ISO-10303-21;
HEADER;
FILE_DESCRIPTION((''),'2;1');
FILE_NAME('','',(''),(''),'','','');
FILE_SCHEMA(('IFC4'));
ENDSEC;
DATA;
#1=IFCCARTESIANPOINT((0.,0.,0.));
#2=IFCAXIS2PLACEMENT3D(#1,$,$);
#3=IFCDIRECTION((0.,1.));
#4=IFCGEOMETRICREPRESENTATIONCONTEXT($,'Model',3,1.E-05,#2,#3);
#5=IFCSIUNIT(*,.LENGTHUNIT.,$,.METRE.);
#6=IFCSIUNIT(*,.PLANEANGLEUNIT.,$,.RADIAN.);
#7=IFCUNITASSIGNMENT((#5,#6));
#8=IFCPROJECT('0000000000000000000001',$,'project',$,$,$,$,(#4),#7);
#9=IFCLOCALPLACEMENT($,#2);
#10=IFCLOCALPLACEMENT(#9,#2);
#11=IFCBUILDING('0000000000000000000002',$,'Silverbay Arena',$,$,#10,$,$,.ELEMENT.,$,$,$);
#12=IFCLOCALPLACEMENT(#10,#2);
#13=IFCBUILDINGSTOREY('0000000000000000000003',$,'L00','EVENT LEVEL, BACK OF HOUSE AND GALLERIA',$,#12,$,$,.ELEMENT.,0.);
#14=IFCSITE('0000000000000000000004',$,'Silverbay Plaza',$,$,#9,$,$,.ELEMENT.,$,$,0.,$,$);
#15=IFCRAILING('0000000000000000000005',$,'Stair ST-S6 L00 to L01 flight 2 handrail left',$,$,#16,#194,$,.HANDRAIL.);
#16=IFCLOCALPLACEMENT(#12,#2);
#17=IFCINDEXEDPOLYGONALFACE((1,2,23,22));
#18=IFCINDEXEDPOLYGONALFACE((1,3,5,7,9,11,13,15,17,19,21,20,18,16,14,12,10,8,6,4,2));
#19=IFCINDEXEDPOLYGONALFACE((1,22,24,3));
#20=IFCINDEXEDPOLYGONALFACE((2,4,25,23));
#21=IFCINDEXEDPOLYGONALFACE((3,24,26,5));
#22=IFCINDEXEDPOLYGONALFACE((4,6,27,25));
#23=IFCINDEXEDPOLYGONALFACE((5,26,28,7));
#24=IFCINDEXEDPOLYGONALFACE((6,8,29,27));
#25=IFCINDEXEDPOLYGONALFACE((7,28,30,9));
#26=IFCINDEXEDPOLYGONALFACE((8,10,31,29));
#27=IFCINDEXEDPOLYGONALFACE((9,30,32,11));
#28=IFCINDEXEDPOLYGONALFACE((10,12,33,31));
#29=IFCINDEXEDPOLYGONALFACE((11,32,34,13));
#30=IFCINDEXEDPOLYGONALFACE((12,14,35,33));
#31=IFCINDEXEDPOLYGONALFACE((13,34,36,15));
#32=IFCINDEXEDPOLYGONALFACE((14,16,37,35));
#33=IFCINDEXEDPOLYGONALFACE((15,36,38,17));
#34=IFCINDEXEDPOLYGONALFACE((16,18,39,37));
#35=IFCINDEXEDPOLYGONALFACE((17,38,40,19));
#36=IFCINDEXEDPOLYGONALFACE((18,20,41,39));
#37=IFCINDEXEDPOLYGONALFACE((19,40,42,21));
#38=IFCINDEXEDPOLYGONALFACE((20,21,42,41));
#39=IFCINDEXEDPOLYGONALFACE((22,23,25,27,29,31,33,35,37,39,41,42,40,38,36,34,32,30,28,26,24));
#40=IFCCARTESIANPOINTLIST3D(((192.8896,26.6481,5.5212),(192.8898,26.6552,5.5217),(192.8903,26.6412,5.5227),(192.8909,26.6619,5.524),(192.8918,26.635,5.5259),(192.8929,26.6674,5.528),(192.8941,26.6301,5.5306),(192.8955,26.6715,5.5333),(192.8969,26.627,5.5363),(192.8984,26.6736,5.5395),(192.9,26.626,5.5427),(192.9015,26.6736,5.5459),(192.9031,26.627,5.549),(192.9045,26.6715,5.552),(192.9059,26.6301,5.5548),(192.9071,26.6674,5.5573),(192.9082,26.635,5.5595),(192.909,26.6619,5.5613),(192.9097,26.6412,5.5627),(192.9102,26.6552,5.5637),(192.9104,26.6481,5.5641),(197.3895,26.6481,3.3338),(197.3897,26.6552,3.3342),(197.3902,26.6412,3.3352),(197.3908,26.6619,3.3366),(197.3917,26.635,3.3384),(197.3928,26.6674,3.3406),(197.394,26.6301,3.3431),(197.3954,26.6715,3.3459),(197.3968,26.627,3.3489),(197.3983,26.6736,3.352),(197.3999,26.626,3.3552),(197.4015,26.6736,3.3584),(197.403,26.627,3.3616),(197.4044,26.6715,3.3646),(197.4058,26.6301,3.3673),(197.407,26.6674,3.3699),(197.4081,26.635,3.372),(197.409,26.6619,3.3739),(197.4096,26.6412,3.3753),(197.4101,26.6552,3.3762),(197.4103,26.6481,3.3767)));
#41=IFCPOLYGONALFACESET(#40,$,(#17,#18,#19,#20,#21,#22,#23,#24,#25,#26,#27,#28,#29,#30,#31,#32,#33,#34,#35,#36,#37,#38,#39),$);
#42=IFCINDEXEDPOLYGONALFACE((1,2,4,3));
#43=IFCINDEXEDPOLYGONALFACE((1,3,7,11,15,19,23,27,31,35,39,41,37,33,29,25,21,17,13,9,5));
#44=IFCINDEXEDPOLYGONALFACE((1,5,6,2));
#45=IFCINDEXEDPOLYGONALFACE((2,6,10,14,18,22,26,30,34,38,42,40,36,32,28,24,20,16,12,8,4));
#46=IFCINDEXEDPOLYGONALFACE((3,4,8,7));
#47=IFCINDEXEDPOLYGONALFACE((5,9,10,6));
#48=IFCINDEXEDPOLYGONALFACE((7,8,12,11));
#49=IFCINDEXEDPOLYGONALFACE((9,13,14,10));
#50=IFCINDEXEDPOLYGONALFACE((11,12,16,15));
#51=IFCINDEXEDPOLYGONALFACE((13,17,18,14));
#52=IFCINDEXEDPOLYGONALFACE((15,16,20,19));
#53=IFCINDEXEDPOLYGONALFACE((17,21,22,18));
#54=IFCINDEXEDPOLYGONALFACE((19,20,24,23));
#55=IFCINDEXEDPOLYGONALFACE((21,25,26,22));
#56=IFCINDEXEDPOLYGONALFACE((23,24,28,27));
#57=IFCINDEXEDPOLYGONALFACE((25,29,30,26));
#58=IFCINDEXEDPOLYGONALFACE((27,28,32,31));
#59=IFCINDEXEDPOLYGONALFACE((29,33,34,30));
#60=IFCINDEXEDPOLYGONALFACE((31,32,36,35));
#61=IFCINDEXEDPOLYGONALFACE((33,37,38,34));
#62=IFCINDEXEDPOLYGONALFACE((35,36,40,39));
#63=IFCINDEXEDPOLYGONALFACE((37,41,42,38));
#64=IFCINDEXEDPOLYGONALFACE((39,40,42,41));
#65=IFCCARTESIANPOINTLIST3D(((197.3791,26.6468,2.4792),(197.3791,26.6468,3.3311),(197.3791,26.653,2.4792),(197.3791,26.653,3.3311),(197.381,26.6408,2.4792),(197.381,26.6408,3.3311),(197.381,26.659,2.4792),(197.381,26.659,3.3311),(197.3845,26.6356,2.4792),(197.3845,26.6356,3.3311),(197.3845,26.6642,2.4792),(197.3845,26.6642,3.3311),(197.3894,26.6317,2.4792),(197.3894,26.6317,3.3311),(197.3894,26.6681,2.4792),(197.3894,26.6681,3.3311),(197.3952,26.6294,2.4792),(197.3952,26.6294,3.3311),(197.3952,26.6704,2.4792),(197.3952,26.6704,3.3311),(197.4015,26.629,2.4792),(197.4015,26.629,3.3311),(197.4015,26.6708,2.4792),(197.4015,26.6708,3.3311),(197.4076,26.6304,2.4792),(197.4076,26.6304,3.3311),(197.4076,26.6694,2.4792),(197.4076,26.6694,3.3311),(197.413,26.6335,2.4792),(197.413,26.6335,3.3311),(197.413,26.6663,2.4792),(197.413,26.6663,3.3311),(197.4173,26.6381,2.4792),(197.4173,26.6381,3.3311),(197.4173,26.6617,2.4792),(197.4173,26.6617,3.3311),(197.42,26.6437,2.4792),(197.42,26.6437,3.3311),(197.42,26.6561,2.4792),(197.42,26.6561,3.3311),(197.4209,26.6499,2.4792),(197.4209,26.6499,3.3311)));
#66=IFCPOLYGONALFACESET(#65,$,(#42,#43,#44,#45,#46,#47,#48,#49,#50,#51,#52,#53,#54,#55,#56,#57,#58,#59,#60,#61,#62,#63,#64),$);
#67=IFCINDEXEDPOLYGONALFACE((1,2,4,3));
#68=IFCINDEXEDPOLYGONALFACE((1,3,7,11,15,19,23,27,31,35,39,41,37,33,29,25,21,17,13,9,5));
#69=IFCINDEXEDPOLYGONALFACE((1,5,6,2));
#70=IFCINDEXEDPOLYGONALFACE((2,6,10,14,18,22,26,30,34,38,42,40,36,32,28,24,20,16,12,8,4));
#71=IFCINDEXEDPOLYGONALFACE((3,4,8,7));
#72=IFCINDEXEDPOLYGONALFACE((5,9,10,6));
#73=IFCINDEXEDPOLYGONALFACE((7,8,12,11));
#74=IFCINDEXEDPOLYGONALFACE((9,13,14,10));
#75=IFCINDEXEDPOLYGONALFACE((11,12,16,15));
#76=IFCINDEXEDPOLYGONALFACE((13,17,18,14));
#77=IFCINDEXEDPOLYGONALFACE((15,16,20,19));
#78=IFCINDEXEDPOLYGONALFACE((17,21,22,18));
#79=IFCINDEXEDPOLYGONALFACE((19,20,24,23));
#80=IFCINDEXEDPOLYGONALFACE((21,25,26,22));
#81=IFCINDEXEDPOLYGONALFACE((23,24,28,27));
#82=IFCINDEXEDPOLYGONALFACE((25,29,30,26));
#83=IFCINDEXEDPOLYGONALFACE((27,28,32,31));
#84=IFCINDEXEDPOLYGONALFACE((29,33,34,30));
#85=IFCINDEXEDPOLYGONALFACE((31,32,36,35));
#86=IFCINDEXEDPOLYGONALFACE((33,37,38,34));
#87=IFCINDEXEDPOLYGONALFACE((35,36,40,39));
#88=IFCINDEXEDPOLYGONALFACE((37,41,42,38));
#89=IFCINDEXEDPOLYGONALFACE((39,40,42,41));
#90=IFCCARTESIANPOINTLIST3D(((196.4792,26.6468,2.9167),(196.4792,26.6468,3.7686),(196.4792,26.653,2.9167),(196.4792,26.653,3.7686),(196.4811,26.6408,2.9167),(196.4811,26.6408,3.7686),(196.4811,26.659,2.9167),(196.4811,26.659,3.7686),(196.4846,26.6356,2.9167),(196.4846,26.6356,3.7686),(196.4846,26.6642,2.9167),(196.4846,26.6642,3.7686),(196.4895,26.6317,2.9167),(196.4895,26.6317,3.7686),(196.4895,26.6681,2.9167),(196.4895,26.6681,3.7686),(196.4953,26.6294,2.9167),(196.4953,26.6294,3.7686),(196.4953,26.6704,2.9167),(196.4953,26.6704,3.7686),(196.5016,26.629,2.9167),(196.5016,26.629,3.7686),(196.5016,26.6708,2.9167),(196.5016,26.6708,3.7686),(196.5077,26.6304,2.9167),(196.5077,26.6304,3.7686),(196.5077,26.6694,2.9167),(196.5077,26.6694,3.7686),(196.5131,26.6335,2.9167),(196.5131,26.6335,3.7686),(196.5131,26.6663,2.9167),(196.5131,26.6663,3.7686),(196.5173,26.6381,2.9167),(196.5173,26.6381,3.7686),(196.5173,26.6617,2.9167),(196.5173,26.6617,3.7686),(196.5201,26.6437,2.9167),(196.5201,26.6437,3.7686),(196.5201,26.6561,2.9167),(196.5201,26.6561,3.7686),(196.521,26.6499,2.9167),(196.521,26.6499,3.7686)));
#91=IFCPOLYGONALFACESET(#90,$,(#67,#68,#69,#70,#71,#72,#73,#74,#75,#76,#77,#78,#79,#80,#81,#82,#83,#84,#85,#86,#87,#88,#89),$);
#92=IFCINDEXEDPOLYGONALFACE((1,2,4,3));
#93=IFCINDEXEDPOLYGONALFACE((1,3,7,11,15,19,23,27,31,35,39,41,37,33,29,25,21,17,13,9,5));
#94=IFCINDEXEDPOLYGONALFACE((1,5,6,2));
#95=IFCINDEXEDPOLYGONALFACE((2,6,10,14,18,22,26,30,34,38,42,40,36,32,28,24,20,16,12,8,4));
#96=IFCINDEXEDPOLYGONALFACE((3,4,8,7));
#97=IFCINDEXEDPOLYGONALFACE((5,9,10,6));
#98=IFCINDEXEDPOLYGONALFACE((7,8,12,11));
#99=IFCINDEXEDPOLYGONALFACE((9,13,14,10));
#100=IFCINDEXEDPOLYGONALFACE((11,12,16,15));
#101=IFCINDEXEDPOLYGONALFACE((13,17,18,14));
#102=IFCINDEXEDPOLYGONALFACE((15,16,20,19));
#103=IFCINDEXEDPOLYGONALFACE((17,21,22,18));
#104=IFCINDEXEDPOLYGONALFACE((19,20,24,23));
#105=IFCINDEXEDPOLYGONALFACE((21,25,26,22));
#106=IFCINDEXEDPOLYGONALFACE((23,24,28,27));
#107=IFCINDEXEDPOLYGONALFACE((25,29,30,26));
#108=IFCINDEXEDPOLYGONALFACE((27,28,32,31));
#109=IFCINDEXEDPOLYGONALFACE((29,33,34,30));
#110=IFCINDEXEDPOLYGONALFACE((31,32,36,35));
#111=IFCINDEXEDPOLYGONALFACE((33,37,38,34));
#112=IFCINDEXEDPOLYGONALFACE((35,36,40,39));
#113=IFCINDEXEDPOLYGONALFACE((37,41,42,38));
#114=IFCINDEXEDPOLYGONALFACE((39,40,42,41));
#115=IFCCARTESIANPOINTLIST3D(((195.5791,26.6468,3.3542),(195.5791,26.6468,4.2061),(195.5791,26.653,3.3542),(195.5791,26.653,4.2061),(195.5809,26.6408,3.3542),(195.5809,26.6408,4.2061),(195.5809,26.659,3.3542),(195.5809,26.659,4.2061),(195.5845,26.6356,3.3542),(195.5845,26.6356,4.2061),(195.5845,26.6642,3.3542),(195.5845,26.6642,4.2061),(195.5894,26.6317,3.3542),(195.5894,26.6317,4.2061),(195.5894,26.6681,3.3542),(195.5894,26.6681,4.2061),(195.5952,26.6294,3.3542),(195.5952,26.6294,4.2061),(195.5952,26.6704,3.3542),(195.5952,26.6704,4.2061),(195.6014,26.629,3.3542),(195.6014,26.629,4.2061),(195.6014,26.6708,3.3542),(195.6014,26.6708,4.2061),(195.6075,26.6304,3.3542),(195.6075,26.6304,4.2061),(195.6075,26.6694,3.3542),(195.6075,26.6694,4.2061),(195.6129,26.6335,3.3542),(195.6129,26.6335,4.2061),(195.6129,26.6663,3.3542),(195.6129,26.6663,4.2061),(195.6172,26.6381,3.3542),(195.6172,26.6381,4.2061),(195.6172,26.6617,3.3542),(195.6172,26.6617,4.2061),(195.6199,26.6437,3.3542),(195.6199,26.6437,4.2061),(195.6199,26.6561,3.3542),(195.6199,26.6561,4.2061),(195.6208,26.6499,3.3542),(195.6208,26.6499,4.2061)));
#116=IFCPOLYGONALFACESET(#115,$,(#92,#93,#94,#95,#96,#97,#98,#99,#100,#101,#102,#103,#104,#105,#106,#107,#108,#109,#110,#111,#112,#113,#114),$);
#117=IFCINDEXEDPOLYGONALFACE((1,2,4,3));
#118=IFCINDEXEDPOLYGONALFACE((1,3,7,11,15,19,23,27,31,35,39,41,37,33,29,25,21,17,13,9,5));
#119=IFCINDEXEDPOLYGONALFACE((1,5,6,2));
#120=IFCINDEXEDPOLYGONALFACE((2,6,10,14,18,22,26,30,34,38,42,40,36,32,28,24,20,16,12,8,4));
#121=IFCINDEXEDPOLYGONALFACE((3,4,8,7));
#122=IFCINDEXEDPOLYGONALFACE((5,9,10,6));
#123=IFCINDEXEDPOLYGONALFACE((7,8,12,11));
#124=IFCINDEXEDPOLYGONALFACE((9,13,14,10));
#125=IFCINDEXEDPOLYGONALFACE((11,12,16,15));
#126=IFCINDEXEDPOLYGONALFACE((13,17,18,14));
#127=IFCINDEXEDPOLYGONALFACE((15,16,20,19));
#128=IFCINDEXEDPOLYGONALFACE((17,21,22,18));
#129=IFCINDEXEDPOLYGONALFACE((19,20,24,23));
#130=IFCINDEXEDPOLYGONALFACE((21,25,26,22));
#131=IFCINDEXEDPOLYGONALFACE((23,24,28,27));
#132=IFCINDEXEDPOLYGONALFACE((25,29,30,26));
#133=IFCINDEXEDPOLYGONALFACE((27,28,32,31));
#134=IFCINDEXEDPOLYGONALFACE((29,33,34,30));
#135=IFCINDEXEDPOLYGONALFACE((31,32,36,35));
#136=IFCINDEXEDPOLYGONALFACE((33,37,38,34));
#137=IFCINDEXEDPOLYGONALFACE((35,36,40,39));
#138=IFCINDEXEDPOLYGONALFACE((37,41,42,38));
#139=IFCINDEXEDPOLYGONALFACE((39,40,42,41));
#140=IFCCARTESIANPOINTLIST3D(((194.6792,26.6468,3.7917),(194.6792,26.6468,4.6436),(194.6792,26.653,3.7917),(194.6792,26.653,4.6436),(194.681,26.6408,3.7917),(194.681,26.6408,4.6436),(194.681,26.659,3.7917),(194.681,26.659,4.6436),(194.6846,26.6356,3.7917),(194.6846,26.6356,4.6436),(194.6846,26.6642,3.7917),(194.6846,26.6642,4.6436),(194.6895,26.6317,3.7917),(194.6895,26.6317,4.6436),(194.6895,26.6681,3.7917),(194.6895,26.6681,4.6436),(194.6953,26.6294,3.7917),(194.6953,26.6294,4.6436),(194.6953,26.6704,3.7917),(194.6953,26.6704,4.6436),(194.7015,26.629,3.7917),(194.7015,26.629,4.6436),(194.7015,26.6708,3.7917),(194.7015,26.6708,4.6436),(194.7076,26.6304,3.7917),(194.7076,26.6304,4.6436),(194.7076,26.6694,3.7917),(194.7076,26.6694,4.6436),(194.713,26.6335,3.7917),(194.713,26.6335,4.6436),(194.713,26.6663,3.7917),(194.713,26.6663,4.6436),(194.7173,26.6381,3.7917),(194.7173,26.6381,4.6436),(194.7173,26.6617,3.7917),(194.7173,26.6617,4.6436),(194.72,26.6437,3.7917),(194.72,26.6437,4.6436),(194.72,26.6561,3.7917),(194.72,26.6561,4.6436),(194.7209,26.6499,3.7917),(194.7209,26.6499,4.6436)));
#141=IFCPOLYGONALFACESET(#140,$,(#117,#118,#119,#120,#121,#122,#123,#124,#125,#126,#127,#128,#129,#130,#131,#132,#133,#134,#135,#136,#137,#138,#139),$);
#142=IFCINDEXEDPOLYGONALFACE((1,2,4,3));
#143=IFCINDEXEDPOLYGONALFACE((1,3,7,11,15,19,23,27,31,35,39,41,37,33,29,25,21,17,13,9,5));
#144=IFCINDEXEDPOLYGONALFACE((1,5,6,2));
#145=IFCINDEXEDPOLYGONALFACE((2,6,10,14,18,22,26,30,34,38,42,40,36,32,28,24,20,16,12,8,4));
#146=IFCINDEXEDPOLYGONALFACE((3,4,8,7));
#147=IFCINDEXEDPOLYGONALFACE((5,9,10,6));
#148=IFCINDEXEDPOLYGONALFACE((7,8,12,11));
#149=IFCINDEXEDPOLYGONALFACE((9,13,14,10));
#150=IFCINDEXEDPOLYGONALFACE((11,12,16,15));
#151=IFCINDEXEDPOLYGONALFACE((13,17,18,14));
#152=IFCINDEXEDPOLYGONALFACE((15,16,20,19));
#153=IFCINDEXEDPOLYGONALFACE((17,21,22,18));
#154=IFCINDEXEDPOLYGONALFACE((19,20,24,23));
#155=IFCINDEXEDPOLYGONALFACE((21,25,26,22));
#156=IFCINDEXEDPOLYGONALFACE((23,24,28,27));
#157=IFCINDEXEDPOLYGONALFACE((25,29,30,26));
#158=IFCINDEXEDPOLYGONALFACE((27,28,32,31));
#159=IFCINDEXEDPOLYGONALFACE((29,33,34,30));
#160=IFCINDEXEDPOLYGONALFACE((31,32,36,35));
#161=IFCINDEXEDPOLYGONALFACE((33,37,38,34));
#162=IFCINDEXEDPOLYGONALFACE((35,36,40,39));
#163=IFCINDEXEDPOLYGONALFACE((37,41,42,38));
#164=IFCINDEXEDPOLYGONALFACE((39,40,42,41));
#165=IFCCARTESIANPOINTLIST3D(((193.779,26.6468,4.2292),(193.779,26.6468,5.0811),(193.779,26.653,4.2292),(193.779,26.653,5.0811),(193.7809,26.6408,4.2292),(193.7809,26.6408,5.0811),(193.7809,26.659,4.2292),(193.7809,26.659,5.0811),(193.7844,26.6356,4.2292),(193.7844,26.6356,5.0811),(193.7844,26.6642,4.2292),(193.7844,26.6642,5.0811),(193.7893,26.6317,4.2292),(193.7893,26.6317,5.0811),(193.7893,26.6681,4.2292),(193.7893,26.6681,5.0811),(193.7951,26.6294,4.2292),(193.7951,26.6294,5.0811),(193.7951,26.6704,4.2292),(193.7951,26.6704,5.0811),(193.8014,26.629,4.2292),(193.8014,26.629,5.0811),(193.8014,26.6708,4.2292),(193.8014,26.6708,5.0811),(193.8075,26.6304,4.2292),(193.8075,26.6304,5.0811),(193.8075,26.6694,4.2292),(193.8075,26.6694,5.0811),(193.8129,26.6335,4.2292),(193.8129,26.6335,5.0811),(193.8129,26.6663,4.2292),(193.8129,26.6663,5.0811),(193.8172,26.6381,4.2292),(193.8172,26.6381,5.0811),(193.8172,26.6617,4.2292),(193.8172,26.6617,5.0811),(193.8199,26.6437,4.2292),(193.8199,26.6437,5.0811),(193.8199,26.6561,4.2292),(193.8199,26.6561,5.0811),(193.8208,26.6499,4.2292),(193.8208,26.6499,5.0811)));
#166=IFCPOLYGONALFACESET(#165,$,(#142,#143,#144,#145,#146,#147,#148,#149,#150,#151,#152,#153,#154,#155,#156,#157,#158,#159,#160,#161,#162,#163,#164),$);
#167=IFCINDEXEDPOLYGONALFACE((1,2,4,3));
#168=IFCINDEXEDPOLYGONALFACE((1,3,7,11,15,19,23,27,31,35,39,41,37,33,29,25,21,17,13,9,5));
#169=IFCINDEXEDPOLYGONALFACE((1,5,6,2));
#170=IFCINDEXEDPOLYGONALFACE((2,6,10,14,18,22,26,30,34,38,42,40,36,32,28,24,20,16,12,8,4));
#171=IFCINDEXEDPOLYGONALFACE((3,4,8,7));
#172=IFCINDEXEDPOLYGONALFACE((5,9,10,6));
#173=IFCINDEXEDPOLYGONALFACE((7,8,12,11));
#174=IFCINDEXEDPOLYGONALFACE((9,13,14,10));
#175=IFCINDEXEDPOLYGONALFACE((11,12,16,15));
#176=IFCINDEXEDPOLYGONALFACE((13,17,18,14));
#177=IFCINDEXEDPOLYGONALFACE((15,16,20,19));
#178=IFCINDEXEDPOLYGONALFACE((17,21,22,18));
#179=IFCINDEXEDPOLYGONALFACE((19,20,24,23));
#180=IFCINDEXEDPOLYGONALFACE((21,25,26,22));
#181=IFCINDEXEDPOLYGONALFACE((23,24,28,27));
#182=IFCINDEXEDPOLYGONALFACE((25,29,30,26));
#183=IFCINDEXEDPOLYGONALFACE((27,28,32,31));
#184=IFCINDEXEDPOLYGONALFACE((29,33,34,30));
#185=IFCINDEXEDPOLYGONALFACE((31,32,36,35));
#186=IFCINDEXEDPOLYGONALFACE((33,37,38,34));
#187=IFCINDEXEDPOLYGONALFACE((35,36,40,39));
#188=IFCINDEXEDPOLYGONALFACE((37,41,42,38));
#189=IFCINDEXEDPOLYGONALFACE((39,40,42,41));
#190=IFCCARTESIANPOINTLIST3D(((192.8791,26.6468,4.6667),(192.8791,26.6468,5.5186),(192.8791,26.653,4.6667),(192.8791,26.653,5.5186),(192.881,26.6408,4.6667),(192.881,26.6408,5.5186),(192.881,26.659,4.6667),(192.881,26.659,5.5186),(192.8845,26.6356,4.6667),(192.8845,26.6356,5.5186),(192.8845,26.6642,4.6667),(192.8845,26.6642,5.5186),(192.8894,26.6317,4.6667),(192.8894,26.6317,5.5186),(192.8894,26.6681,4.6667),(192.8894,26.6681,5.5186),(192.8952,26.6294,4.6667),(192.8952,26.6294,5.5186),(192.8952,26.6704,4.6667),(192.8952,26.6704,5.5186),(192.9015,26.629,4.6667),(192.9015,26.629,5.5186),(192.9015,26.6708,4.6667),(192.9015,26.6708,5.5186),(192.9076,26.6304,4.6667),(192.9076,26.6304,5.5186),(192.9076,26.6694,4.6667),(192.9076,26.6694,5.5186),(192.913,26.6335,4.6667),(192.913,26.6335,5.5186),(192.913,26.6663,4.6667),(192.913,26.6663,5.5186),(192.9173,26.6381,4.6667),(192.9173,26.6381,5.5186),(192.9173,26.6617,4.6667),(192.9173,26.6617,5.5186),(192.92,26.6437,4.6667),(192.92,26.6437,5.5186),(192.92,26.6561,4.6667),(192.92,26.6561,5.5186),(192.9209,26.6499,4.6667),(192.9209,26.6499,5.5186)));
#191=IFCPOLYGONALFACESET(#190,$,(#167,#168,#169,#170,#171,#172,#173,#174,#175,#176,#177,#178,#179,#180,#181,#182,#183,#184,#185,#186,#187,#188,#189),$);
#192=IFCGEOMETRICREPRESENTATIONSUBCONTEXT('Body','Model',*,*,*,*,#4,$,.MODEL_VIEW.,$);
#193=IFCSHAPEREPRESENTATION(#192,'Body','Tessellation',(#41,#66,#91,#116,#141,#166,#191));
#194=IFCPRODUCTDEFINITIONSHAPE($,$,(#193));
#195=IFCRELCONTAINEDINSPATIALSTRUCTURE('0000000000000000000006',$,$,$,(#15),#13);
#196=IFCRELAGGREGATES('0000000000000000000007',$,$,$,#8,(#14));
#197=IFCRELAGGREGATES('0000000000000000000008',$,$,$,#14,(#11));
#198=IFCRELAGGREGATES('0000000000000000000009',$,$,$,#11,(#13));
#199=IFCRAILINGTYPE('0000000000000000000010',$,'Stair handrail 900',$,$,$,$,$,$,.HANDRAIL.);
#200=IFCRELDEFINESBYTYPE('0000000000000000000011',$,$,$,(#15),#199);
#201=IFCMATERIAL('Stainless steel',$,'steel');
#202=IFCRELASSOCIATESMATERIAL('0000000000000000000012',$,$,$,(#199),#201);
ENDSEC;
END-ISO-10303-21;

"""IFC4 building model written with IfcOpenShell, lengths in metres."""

from ifc_helpers import new_model, si_unit, direction, frame, origin, origin_2d, place, context, subcontext, project, spatial, circle, extrude, material, type_object, element, save


model = new_model("IFC4")

# Units and contexts
model_context = context("Model", 3, precision=1e-05, world=origin(), true_north=direction((0.0, 1.0)))
body_context = subcontext(model_context, "Body", "Model", "MODEL_VIEW")
ifc_project = project(units=[si_unit("LENGTHUNIT", "METRE"), si_unit("PLANEANGLEUNIT", "RADIAN")], contexts=[model_context])

# Site, building, storey
site_placement = place(None, origin())
site = spatial("IfcSite", under=ifc_project, at=site_placement, Name="Silverbay Plaza", CompositionType="ELEMENT", RefElevation=0.0)
building_placement = place(site_placement, origin())
building = spatial("IfcBuilding", under=site, at=building_placement, Name="Silverbay Arena", CompositionType="ELEMENT")
storey_placement = place(building_placement, origin())
storey = spatial("IfcBuildingStorey", under=building, at=storey_placement, Name="L00", Description="EVENT LEVEL, BACK OF HOUSE AND GALLERIA", CompositionType="ELEMENT", Elevation=0.0)

# Railing
ifc_material_1 = material(Name="Stainless steel", Category="steel")
railing_type_1 = type_object("IfcRailingType", Name="Stair handrail 900", PredefinedType="HANDRAIL", material=ifc_material_1)
for number, where, name in (
    (1, (197.3999, 26.6499, 2.4792), "Stair ST-S6 L00 to L01 flight 2 handrail left"),
):
    element("IfcRailing", number, at=place(storey_placement, frame(where)), inside=storey, type_object=railing_type_1, Name=name, PredefinedType="HANDRAIL", context=body_context, shape_type="SweptSolid", body=[
        extrude(circle(Radius=0.0239, at=origin_2d()), frame((0.0, 0.0, 0.876), z_axis=(-0.899368, 0.0, 0.437193), x_axis=(0.0, -1.0, 0.0)), (0.0, 0.0, 1.0), 5.0034),
        extrude(circle(Radius=0.021, at=origin_2d()), origin(), (0.0, 0.0, 1.0), 0.8518),
        extrude(circle(Radius=0.021, at=origin_2d()), frame((-0.8999, 0.0, 0.4375)), (0.0, 0.0, 1.0), 0.8518),
        extrude(circle(Radius=0.021, at=origin_2d()), frame((-1.8, 0.0, 0.875)), (0.0, 0.0, 1.0), 0.8518),
        extrude(circle(Radius=0.021, at=origin_2d()), frame((-2.7, 0.0, 1.3125)), (0.0, 0.0, 1.0), 0.8518),
        extrude(circle(Radius=0.021, at=origin_2d()), frame((-3.6001, 0.0, 1.75)), (0.0, 0.0, 1.0), 0.8518),
        extrude(circle(Radius=0.021, at=origin_2d()), frame((-4.5, 0.0, 2.1875)), (0.0, 0.0, 1.0), 0.8518),
    ])

save(model, "model.ifc")
